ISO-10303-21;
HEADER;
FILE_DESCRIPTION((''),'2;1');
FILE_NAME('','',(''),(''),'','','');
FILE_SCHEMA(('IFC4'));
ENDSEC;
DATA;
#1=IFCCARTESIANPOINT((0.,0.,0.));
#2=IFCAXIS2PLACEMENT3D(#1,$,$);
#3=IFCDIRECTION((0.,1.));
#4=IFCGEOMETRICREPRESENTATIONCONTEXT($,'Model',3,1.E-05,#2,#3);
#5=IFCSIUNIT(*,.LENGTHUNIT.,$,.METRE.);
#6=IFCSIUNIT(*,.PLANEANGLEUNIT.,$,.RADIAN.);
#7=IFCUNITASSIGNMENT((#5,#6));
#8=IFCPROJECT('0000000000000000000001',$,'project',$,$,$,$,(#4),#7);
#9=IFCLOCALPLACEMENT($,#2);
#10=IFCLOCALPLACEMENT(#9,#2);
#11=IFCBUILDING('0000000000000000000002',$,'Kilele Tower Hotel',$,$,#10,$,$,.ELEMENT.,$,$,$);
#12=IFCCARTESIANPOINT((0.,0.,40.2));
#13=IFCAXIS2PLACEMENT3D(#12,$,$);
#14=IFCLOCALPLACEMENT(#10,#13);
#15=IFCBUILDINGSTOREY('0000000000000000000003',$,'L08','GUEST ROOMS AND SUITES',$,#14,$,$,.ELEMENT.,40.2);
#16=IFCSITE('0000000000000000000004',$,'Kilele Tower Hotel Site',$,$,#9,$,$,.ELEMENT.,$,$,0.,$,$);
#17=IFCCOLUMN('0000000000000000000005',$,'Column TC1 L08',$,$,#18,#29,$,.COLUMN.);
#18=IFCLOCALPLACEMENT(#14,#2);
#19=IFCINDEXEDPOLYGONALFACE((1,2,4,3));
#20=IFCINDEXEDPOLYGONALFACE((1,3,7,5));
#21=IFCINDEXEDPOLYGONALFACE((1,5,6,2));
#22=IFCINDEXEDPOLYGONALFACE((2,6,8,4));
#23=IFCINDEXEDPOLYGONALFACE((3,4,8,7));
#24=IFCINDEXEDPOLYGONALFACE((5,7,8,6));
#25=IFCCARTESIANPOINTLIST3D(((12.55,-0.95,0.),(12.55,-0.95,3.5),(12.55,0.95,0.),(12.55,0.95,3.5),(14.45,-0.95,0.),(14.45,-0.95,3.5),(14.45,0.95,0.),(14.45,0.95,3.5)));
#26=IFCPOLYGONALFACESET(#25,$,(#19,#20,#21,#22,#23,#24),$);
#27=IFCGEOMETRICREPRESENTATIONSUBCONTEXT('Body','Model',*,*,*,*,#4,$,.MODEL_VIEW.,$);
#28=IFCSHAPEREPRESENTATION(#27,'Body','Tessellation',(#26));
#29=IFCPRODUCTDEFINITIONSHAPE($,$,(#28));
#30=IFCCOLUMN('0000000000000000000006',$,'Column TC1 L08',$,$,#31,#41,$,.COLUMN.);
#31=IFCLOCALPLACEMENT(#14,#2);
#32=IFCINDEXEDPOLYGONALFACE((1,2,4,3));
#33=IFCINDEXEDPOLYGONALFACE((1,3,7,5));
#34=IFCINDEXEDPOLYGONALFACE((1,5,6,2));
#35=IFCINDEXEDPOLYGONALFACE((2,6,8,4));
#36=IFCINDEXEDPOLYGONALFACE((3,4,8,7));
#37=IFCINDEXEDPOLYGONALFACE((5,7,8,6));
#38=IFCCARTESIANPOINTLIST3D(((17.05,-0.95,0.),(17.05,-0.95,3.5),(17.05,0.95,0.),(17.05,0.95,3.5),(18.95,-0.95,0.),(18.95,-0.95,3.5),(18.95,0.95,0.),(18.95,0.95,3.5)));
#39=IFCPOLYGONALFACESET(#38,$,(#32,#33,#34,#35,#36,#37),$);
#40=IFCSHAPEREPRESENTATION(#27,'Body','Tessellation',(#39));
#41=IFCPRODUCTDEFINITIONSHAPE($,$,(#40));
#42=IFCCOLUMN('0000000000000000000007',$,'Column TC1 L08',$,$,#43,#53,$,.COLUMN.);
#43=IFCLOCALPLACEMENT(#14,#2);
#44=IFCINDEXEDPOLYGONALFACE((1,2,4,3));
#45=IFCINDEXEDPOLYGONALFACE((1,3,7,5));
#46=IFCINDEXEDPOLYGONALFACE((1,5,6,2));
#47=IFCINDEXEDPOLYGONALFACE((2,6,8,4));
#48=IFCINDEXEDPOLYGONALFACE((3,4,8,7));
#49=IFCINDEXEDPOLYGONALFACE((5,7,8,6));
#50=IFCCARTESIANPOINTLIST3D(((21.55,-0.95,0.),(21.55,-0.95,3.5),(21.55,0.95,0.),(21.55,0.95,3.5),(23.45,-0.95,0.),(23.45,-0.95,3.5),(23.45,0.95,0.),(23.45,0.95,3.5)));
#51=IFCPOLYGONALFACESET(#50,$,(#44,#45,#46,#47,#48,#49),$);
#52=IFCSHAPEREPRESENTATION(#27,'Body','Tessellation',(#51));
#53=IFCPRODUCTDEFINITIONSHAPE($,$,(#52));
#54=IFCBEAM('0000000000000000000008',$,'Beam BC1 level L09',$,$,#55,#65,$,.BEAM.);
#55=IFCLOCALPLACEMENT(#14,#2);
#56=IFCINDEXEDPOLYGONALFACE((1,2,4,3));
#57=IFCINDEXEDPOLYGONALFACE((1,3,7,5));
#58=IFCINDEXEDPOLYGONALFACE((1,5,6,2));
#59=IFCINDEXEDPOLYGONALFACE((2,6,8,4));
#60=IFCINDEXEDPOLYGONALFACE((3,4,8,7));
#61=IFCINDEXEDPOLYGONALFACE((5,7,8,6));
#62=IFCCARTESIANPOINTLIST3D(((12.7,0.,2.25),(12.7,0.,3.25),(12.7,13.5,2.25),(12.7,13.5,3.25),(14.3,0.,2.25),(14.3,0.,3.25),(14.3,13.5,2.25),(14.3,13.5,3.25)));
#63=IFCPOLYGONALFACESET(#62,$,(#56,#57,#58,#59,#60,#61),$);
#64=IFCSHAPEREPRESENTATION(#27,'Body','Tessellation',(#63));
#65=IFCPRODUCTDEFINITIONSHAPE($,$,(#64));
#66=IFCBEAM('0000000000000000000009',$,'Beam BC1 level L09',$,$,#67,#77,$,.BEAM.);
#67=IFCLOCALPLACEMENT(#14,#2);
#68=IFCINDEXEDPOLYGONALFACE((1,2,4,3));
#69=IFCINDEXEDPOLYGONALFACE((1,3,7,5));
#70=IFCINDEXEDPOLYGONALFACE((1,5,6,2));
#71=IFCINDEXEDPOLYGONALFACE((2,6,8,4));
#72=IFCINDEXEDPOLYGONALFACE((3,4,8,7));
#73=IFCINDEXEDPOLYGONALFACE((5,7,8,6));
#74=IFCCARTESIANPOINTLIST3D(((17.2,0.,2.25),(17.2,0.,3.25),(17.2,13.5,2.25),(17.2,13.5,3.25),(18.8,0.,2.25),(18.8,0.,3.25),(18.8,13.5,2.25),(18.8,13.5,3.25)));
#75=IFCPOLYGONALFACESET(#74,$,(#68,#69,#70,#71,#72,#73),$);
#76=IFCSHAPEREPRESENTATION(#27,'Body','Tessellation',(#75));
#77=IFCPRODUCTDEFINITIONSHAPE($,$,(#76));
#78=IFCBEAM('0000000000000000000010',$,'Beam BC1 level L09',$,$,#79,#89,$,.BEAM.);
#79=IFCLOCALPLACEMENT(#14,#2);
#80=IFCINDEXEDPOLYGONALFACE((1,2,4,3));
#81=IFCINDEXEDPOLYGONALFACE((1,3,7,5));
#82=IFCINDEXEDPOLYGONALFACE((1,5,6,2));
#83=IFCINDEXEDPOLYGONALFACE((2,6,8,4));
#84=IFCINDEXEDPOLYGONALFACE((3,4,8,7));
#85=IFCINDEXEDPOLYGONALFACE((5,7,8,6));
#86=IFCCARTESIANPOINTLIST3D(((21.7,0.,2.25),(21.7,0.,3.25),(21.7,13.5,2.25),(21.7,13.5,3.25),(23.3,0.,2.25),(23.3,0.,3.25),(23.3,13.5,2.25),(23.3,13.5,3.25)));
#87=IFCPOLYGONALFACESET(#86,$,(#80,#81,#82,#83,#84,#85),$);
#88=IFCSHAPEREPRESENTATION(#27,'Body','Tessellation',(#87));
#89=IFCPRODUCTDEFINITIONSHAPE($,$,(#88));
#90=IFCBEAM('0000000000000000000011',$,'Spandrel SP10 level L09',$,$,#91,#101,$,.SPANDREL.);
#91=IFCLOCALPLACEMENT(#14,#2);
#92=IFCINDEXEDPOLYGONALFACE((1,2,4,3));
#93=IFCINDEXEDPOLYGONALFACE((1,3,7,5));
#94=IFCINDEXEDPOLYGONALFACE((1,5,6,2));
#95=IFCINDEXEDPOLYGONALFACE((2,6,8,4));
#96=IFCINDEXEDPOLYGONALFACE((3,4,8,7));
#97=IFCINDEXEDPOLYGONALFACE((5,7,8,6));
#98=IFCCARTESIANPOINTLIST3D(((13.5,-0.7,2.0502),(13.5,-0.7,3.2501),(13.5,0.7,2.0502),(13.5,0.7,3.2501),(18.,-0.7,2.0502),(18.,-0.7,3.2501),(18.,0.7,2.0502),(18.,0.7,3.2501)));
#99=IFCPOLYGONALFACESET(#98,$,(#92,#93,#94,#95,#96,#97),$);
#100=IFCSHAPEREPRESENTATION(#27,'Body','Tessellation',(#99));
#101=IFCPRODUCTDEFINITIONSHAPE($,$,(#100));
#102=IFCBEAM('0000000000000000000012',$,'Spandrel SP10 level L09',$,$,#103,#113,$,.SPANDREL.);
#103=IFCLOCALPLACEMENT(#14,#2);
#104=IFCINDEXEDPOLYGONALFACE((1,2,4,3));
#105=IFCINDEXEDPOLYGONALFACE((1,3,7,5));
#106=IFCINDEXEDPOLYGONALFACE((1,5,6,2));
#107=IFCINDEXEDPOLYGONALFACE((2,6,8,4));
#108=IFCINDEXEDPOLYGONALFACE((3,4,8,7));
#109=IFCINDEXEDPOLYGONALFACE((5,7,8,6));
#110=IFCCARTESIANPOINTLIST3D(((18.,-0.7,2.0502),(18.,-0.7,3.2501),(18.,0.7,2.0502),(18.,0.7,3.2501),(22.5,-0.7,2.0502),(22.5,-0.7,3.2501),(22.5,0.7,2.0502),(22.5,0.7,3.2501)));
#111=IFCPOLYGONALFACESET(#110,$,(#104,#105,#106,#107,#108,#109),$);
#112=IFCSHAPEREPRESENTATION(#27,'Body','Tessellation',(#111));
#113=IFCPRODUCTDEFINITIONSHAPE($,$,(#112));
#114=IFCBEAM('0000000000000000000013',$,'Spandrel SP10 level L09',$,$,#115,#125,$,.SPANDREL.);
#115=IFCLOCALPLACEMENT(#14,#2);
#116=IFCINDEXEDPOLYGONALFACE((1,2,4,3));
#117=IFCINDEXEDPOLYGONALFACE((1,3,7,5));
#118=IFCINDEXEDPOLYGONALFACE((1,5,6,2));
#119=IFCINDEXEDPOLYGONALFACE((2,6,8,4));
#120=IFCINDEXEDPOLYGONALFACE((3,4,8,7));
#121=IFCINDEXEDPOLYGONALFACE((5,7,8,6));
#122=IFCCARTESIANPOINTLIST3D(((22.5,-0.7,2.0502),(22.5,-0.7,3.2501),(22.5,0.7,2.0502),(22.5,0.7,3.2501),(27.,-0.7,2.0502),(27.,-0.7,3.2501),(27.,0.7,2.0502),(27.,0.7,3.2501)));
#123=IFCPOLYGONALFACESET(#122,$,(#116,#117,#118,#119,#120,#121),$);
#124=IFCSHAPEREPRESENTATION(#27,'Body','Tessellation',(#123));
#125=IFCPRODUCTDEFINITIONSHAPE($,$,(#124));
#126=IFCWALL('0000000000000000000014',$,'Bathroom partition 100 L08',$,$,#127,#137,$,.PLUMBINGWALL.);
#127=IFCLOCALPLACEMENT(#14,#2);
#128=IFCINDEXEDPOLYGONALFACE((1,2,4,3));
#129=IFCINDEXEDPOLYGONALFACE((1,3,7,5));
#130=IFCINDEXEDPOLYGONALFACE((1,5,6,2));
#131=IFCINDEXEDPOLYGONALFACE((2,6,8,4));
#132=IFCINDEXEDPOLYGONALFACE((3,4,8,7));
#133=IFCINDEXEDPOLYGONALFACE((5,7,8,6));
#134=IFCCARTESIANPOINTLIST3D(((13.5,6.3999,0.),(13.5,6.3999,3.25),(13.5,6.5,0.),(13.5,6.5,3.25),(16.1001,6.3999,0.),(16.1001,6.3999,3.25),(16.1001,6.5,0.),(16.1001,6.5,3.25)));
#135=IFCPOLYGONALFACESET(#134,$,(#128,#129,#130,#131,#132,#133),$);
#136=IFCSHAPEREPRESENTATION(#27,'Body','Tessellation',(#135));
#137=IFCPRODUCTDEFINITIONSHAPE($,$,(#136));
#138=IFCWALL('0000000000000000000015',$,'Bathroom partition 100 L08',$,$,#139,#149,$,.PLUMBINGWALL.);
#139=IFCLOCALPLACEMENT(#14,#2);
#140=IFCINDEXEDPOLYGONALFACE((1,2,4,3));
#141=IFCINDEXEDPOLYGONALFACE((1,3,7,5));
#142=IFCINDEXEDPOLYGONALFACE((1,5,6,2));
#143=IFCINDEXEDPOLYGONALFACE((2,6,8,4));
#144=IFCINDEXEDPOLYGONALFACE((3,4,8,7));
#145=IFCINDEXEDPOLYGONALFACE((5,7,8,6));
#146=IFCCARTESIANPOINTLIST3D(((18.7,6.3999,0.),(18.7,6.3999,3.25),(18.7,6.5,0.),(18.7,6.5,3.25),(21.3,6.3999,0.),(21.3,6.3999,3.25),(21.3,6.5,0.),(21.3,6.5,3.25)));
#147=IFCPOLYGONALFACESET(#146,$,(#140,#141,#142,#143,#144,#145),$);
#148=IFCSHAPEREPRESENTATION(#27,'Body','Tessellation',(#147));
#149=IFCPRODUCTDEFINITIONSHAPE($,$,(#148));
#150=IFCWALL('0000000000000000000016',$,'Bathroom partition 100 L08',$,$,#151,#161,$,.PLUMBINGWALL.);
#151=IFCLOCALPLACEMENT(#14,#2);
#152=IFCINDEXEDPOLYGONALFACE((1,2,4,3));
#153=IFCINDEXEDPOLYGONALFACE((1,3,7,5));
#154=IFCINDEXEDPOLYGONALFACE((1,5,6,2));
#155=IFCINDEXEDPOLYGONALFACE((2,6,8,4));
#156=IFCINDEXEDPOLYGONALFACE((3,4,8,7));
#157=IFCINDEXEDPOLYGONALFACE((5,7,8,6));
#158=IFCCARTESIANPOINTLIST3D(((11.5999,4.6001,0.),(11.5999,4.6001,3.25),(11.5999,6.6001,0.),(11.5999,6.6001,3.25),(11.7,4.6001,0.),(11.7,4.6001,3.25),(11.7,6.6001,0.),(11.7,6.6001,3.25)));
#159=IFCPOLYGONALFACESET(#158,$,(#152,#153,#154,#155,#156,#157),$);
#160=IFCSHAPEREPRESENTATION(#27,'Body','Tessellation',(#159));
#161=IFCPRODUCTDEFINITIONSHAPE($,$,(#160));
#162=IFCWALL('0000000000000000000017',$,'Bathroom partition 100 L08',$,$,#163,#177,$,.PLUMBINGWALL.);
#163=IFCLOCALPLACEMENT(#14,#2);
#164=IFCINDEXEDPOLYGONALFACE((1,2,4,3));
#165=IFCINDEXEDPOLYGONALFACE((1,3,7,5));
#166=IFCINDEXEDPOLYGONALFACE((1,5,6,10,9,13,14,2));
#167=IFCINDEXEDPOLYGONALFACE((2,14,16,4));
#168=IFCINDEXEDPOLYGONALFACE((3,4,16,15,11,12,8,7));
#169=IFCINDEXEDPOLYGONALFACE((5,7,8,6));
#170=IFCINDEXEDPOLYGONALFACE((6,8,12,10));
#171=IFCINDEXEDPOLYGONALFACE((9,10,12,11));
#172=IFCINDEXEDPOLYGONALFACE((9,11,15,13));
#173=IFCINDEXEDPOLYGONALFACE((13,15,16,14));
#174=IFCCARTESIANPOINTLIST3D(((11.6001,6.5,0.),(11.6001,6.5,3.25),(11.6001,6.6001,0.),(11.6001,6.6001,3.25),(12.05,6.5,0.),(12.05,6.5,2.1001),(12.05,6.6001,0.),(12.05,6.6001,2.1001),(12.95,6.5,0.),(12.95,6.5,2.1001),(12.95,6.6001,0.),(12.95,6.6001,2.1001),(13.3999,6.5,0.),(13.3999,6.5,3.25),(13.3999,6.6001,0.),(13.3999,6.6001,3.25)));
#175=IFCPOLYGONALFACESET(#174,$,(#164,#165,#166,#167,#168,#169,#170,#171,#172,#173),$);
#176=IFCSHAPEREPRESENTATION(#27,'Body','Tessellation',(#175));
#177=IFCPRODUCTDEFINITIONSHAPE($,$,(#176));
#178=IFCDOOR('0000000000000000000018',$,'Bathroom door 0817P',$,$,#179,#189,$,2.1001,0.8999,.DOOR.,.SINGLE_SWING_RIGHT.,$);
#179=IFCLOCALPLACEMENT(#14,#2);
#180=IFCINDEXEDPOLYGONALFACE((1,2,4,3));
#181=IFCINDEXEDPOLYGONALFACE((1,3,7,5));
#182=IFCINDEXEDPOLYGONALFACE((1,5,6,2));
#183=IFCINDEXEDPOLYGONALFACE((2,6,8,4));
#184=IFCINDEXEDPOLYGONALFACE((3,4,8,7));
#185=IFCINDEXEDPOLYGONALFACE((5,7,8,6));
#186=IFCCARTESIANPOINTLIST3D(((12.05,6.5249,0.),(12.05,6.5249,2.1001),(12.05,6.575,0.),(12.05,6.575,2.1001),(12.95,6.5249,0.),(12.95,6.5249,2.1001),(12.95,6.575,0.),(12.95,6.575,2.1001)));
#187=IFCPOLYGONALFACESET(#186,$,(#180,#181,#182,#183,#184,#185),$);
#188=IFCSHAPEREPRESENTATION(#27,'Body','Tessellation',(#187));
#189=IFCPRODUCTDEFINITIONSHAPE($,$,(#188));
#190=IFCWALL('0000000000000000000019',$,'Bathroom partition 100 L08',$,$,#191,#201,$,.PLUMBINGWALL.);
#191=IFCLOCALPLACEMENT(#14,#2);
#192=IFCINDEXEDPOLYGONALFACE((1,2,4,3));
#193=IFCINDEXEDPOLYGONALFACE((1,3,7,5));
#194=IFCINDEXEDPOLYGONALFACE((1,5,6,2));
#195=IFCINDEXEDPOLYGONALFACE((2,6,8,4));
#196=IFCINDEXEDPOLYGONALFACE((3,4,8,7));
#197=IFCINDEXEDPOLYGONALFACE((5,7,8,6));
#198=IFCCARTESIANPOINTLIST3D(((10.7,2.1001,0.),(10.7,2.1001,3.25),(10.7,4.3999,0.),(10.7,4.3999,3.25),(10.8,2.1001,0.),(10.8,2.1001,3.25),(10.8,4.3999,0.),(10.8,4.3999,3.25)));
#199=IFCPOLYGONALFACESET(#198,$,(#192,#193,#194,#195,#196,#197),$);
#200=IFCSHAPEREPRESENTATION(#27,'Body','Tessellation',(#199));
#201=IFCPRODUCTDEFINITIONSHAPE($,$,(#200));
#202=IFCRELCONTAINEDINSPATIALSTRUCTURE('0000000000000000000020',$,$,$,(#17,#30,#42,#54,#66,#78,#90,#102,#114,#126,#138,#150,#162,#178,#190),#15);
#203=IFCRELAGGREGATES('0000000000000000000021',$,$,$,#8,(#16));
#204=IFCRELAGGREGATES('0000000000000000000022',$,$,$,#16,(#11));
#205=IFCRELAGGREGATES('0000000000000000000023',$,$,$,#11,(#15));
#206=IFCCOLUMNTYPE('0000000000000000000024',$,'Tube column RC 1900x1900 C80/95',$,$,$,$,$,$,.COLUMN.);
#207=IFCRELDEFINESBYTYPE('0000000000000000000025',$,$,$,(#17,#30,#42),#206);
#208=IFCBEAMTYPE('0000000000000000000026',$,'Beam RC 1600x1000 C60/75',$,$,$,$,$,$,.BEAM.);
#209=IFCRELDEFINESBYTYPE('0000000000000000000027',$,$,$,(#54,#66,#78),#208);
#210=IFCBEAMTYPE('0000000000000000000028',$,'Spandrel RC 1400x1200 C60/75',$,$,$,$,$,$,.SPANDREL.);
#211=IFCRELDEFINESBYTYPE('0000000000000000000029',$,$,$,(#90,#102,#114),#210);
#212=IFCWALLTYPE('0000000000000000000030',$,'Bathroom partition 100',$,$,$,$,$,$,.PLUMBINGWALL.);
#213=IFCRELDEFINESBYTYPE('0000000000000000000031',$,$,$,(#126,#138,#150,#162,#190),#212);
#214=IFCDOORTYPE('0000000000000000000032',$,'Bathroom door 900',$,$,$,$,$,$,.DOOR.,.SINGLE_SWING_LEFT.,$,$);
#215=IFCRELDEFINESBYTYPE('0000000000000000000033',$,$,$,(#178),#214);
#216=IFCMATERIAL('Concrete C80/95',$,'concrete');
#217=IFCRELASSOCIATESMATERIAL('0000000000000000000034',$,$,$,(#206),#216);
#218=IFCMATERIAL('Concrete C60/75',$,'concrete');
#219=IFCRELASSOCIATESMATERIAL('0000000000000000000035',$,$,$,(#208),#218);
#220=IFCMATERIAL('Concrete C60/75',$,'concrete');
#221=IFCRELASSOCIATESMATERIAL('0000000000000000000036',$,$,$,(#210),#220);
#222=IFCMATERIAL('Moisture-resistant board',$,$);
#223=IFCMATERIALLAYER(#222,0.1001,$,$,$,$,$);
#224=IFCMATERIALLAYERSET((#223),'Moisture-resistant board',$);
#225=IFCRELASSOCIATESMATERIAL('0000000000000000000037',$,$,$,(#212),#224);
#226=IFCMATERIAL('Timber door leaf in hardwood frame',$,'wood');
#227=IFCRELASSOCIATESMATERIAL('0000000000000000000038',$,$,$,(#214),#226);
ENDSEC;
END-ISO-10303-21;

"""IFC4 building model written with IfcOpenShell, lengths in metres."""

from ifc_helpers import new_model, si_unit, direction, frame, frame_2d, origin, origin_2d, place, context, subcontext, project, spatial, rectangle, extrude, material, layer, layer_set, material_profile, profile_set, type_object, element, fill, save


model = new_model("IFC4")

# Units and contexts
model_context = context("Model", 3, precision=1e-05, world=origin(), true_north=direction((0.0, 1.0)))
body_context = subcontext(model_context, "Body", "Model", "MODEL_VIEW")
ifc_project = project(units=[si_unit("LENGTHUNIT", "METRE"), si_unit("PLANEANGLEUNIT", "RADIAN")], contexts=[model_context])

# Site, building, storey
site_placement = place(None, origin())
site = spatial("IfcSite", under=ifc_project, at=site_placement, Name="Kilele Tower Hotel Site", CompositionType="ELEMENT", RefElevation=0.0)
building_placement = place(site_placement, origin())
building = spatial("IfcBuilding", under=site, at=building_placement, Name="Kilele Tower Hotel", CompositionType="ELEMENT")
storey_placement = place(building_placement, frame((0.0, 0.0, 40.2)))
storey = spatial("IfcBuildingStorey", under=building, at=storey_placement, Name="L08", Description="GUEST ROOMS AND SUITES", CompositionType="ELEMENT", Elevation=40.2)

# Columns
ifc_material_1 = material(Name="Concrete C80/95", Category="concrete")
ifc_material_profile_1 = material_profile(ifc_material_1, rectangle(XDim=1.8999, YDim=1.8999, at=origin_2d()))
ifc_profile_set_1 = profile_set([ifc_material_profile_1], Name="Concrete C80/95")
column_type = type_object("IfcColumnType", Name="Tube column RC 1900x1900 C80/95", PredefinedType="COLUMN", material=ifc_profile_set_1)
for number, where, z_axis, x_axis, name in (
    (1, (13.5, 0.0, 0.0), (0.0, 0.0, 1.0), (1.0, 0.0, 0.0), "Column TC1 L08"),
    (2, (18.0, 0.0, 0.0), (0.0, 0.0, 1.0), (1.0, 0.0, 0.0), "Column TC1 L08"),
    (3, (22.5, 0.0, 0.0), (0.0, 0.0, 1.0), (1.0, 0.0, 0.0), "Column TC1 L08"),
):
    element("IfcColumn", number, at=place(storey_placement, frame(where, z_axis=z_axis, x_axis=x_axis)), inside=storey, type_object=column_type, Name=name, PredefinedType="COLUMN", context=body_context, shape_type="SweptSolid", body=[
        extrude(rectangle(XDim=1.8999, YDim=1.8999, at=origin_2d()), origin(), (0.0, 0.0, 1.0), 3.5),
    ])

# Beams
ifc_material_2 = material(Name="Concrete C60/75", Category="concrete")
ifc_material_profile_2 = material_profile(ifc_material_2, rectangle(XDim=1.6001, YDim=1.0, at=origin_2d()))
ifc_profile_set_2 = profile_set([ifc_material_profile_2], Name="Concrete C60/75")
beam_type_1 = type_object("IfcBeamType", Name="Beam RC 1600x1000 C60/75", PredefinedType="BEAM", material=ifc_profile_set_2)
for number, where, z_axis, x_axis, name in (
    (4, (13.5, 0.0, 2.75), (0.0, 1.0, 0.0), (-1.0, 0.0, 0.0), "Beam BC1 level L09"),
    (5, (18.0, 0.0, 2.75), (0.0, 1.0, 0.0), (-1.0, 0.0, 0.0), "Beam BC1 level L09"),
    (6, (22.5, 0.0, 2.75), (0.0, 1.0, 0.0), (-1.0, 0.0, 0.0), "Beam BC1 level L09"),
):
    element("IfcBeam", number, at=place(storey_placement, frame(where, z_axis=z_axis, x_axis=x_axis)), inside=storey, type_object=beam_type_1, Name=name, PredefinedType="BEAM", context=body_context, shape_type="SweptSolid", body=[
        extrude(rectangle(XDim=1.6001, YDim=1.0, at=origin_2d()), origin(), (0.0, 0.0, 1.0), 13.5),
    ])
ifc_material_3 = material(Name="Concrete C60/75", Category="concrete")
ifc_material_profile_3 = material_profile(ifc_material_3, rectangle(XDim=1.3999, YDim=1.2, at=origin_2d()))
ifc_profile_set_3 = profile_set([ifc_material_profile_3], Name="Concrete C60/75")
beam_type_2 = type_object("IfcBeamType", Name="Spandrel RC 1400x1200 C60/75", PredefinedType="SPANDREL", material=ifc_profile_set_3)
for number, where, z_axis, x_axis, name in (
    (7, (13.5, 0.0, 2.6501), (1.0, 0.0, 0.0), (0.0, 1.0, 0.0), "Spandrel SP10 level L09"),
    (8, (18.0, 0.0, 2.6501), (1.0, 0.0, 0.0), (0.0, 1.0, 0.0), "Spandrel SP10 level L09"),
    (9, (22.5, 0.0, 2.6501), (1.0, 0.0, 0.0), (0.0, 1.0, 0.0), "Spandrel SP10 level L09"),
):
    element("IfcBeam", number, at=place(storey_placement, frame(where, z_axis=z_axis, x_axis=x_axis)), inside=storey, type_object=beam_type_2, Name=name, PredefinedType="SPANDREL", context=body_context, shape_type="SweptSolid", body=[
        extrude(rectangle(XDim=1.3999, YDim=1.2, at=origin_2d()), origin(), (0.0, 0.0, 1.0), 4.5),
    ])

# Walls
ifc_material_4 = material(Name="Moisture-resistant board")
ifc_layer_1 = layer(ifc_material_4, 0.1001)
ifc_layer_set_1 = layer_set([ifc_layer_1], Name="Moisture-resistant board")
wall_type_1 = type_object("IfcWallType", Name="Bathroom partition 100", PredefinedType="PLUMBINGWALL", material=ifc_layer_set_1)
for number, where, z_axis, x_axis, name in (
    (10, (13.5, 6.45, 0.0), (0.0, 0.0, 1.0), (1.0, 0.0, 0.0), "Bathroom partition 100 L08"),
    (11, (18.7, 6.45, 0.0), (0.0, 0.0, 1.0), (1.0, 0.0, 0.0), "Bathroom partition 100 L08"),
):
    element("IfcWall", number, at=place(storey_placement, frame(where, z_axis=z_axis, x_axis=x_axis)), inside=storey, type_object=wall_type_1, Name=name, PredefinedType="PLUMBINGWALL", context=body_context, shape_type="SweptSolid", body=[
        extrude(rectangle(XDim=2.6001, YDim=0.1001, at=frame_2d((1.3, 0.0))), origin(), (0.0, 0.0, 1.0), 3.25),
    ])
wall_1_placement = place(storey_placement, frame((11.6499, 4.6001, 0.0), z_axis=(0.0, 0.0, 1.0), x_axis=(0.0, 1.0, 0.0)))
element("IfcWall", 12, at=wall_1_placement, inside=storey, type_object=wall_type_1, Name="Bathroom partition 100 L08", PredefinedType="PLUMBINGWALL", context=body_context, shape_type="SweptSolid", body=[
    extrude(rectangle(XDim=2.0, YDim=0.1001, at=frame_2d((1.0, 0.0))), origin(), (0.0, 0.0, 1.0), 3.25),
])

# Wall, opening, door
wall_2_placement = place(storey_placement, frame((13.3999, 6.55, 0.0), z_axis=(0.0, 0.0, 1.0), x_axis=(-1.0, 0.0, 0.0)))
wall_2 = element("IfcWall", 13, at=wall_2_placement, inside=storey, type_object=wall_type_1, Name="Bathroom partition 100 L08", PredefinedType="PLUMBINGWALL", context=body_context, shape_type="SweptSolid", body=[
    extrude(rectangle(XDim=1.7998, YDim=0.1001, at=frame_2d((0.8999, 0.0))), origin(), (0.0, 0.0, 1.0), 3.25),
])
opening_1_placement = place(wall_2_placement, frame((1.3499, 0.0, 0.0), z_axis=(0.0, 0.0, 1.0), x_axis=(-1.0, 0.0, 0.0)))
opening_1 = element("IfcOpeningElement", 14, at=opening_1_placement, cuts=wall_2, PredefinedType="OPENING", context=body_context, shape_type="SweptSolid", body=[
    extrude(rectangle(XDim=0.8999, YDim=2.1001, at=frame_2d((0.45, 1.05))), frame((0.0, 0.0601, 0.0), z_axis=(0.0, -1.0, 0.0), x_axis=(1.0, 0.0, 0.0)), (0.0, 0.0, 1.0), 0.1201),
])
ifc_material_5 = material(Name="Timber door leaf in hardwood frame", Category="wood")
door_type_1 = type_object("IfcDoorType", Name="Bathroom door 900", OperationType="SINGLE_SWING_LEFT", PredefinedType="DOOR", material=ifc_material_5)
door_1_placement = place(opening_1_placement, origin())
door_1 = element("IfcDoor", 15, at=door_1_placement, inside=storey, type_object=door_type_1, Name="Bathroom door 0817P", OperationType="SINGLE_SWING_RIGHT", OverallHeight=2.1001, OverallWidth=0.8999, PredefinedType="DOOR", context=body_context, shape_type="SweptSolid", body=[
    extrude(rectangle(XDim=0.8999, YDim=2.1001, at=frame_2d((0.45, 1.05))), frame((0.0, 0.0249, 0.0), z_axis=(0.0, -1.0, 0.0), x_axis=(1.0, 0.0, 0.0)), (0.0, 0.0, 1.0), 0.05),
])
fill(opening_1, door_1)

# Wall
wall_3_placement = place(storey_placement, frame((10.75, 4.3999, 0.0), z_axis=(0.0, 0.0, 1.0), x_axis=(0.0, -1.0, 0.0)))
element("IfcWall", 16, at=wall_3_placement, inside=storey, type_object=wall_type_1, Name="Bathroom partition 100 L08", PredefinedType="PLUMBINGWALL", context=body_context, shape_type="SweptSolid", body=[
    extrude(rectangle(XDim=2.2998, YDim=0.1001, at=frame_2d((1.1499, 0.0))), origin(), (0.0, 0.0, 1.0), 3.25),
])

save(model, "model.ifc")
